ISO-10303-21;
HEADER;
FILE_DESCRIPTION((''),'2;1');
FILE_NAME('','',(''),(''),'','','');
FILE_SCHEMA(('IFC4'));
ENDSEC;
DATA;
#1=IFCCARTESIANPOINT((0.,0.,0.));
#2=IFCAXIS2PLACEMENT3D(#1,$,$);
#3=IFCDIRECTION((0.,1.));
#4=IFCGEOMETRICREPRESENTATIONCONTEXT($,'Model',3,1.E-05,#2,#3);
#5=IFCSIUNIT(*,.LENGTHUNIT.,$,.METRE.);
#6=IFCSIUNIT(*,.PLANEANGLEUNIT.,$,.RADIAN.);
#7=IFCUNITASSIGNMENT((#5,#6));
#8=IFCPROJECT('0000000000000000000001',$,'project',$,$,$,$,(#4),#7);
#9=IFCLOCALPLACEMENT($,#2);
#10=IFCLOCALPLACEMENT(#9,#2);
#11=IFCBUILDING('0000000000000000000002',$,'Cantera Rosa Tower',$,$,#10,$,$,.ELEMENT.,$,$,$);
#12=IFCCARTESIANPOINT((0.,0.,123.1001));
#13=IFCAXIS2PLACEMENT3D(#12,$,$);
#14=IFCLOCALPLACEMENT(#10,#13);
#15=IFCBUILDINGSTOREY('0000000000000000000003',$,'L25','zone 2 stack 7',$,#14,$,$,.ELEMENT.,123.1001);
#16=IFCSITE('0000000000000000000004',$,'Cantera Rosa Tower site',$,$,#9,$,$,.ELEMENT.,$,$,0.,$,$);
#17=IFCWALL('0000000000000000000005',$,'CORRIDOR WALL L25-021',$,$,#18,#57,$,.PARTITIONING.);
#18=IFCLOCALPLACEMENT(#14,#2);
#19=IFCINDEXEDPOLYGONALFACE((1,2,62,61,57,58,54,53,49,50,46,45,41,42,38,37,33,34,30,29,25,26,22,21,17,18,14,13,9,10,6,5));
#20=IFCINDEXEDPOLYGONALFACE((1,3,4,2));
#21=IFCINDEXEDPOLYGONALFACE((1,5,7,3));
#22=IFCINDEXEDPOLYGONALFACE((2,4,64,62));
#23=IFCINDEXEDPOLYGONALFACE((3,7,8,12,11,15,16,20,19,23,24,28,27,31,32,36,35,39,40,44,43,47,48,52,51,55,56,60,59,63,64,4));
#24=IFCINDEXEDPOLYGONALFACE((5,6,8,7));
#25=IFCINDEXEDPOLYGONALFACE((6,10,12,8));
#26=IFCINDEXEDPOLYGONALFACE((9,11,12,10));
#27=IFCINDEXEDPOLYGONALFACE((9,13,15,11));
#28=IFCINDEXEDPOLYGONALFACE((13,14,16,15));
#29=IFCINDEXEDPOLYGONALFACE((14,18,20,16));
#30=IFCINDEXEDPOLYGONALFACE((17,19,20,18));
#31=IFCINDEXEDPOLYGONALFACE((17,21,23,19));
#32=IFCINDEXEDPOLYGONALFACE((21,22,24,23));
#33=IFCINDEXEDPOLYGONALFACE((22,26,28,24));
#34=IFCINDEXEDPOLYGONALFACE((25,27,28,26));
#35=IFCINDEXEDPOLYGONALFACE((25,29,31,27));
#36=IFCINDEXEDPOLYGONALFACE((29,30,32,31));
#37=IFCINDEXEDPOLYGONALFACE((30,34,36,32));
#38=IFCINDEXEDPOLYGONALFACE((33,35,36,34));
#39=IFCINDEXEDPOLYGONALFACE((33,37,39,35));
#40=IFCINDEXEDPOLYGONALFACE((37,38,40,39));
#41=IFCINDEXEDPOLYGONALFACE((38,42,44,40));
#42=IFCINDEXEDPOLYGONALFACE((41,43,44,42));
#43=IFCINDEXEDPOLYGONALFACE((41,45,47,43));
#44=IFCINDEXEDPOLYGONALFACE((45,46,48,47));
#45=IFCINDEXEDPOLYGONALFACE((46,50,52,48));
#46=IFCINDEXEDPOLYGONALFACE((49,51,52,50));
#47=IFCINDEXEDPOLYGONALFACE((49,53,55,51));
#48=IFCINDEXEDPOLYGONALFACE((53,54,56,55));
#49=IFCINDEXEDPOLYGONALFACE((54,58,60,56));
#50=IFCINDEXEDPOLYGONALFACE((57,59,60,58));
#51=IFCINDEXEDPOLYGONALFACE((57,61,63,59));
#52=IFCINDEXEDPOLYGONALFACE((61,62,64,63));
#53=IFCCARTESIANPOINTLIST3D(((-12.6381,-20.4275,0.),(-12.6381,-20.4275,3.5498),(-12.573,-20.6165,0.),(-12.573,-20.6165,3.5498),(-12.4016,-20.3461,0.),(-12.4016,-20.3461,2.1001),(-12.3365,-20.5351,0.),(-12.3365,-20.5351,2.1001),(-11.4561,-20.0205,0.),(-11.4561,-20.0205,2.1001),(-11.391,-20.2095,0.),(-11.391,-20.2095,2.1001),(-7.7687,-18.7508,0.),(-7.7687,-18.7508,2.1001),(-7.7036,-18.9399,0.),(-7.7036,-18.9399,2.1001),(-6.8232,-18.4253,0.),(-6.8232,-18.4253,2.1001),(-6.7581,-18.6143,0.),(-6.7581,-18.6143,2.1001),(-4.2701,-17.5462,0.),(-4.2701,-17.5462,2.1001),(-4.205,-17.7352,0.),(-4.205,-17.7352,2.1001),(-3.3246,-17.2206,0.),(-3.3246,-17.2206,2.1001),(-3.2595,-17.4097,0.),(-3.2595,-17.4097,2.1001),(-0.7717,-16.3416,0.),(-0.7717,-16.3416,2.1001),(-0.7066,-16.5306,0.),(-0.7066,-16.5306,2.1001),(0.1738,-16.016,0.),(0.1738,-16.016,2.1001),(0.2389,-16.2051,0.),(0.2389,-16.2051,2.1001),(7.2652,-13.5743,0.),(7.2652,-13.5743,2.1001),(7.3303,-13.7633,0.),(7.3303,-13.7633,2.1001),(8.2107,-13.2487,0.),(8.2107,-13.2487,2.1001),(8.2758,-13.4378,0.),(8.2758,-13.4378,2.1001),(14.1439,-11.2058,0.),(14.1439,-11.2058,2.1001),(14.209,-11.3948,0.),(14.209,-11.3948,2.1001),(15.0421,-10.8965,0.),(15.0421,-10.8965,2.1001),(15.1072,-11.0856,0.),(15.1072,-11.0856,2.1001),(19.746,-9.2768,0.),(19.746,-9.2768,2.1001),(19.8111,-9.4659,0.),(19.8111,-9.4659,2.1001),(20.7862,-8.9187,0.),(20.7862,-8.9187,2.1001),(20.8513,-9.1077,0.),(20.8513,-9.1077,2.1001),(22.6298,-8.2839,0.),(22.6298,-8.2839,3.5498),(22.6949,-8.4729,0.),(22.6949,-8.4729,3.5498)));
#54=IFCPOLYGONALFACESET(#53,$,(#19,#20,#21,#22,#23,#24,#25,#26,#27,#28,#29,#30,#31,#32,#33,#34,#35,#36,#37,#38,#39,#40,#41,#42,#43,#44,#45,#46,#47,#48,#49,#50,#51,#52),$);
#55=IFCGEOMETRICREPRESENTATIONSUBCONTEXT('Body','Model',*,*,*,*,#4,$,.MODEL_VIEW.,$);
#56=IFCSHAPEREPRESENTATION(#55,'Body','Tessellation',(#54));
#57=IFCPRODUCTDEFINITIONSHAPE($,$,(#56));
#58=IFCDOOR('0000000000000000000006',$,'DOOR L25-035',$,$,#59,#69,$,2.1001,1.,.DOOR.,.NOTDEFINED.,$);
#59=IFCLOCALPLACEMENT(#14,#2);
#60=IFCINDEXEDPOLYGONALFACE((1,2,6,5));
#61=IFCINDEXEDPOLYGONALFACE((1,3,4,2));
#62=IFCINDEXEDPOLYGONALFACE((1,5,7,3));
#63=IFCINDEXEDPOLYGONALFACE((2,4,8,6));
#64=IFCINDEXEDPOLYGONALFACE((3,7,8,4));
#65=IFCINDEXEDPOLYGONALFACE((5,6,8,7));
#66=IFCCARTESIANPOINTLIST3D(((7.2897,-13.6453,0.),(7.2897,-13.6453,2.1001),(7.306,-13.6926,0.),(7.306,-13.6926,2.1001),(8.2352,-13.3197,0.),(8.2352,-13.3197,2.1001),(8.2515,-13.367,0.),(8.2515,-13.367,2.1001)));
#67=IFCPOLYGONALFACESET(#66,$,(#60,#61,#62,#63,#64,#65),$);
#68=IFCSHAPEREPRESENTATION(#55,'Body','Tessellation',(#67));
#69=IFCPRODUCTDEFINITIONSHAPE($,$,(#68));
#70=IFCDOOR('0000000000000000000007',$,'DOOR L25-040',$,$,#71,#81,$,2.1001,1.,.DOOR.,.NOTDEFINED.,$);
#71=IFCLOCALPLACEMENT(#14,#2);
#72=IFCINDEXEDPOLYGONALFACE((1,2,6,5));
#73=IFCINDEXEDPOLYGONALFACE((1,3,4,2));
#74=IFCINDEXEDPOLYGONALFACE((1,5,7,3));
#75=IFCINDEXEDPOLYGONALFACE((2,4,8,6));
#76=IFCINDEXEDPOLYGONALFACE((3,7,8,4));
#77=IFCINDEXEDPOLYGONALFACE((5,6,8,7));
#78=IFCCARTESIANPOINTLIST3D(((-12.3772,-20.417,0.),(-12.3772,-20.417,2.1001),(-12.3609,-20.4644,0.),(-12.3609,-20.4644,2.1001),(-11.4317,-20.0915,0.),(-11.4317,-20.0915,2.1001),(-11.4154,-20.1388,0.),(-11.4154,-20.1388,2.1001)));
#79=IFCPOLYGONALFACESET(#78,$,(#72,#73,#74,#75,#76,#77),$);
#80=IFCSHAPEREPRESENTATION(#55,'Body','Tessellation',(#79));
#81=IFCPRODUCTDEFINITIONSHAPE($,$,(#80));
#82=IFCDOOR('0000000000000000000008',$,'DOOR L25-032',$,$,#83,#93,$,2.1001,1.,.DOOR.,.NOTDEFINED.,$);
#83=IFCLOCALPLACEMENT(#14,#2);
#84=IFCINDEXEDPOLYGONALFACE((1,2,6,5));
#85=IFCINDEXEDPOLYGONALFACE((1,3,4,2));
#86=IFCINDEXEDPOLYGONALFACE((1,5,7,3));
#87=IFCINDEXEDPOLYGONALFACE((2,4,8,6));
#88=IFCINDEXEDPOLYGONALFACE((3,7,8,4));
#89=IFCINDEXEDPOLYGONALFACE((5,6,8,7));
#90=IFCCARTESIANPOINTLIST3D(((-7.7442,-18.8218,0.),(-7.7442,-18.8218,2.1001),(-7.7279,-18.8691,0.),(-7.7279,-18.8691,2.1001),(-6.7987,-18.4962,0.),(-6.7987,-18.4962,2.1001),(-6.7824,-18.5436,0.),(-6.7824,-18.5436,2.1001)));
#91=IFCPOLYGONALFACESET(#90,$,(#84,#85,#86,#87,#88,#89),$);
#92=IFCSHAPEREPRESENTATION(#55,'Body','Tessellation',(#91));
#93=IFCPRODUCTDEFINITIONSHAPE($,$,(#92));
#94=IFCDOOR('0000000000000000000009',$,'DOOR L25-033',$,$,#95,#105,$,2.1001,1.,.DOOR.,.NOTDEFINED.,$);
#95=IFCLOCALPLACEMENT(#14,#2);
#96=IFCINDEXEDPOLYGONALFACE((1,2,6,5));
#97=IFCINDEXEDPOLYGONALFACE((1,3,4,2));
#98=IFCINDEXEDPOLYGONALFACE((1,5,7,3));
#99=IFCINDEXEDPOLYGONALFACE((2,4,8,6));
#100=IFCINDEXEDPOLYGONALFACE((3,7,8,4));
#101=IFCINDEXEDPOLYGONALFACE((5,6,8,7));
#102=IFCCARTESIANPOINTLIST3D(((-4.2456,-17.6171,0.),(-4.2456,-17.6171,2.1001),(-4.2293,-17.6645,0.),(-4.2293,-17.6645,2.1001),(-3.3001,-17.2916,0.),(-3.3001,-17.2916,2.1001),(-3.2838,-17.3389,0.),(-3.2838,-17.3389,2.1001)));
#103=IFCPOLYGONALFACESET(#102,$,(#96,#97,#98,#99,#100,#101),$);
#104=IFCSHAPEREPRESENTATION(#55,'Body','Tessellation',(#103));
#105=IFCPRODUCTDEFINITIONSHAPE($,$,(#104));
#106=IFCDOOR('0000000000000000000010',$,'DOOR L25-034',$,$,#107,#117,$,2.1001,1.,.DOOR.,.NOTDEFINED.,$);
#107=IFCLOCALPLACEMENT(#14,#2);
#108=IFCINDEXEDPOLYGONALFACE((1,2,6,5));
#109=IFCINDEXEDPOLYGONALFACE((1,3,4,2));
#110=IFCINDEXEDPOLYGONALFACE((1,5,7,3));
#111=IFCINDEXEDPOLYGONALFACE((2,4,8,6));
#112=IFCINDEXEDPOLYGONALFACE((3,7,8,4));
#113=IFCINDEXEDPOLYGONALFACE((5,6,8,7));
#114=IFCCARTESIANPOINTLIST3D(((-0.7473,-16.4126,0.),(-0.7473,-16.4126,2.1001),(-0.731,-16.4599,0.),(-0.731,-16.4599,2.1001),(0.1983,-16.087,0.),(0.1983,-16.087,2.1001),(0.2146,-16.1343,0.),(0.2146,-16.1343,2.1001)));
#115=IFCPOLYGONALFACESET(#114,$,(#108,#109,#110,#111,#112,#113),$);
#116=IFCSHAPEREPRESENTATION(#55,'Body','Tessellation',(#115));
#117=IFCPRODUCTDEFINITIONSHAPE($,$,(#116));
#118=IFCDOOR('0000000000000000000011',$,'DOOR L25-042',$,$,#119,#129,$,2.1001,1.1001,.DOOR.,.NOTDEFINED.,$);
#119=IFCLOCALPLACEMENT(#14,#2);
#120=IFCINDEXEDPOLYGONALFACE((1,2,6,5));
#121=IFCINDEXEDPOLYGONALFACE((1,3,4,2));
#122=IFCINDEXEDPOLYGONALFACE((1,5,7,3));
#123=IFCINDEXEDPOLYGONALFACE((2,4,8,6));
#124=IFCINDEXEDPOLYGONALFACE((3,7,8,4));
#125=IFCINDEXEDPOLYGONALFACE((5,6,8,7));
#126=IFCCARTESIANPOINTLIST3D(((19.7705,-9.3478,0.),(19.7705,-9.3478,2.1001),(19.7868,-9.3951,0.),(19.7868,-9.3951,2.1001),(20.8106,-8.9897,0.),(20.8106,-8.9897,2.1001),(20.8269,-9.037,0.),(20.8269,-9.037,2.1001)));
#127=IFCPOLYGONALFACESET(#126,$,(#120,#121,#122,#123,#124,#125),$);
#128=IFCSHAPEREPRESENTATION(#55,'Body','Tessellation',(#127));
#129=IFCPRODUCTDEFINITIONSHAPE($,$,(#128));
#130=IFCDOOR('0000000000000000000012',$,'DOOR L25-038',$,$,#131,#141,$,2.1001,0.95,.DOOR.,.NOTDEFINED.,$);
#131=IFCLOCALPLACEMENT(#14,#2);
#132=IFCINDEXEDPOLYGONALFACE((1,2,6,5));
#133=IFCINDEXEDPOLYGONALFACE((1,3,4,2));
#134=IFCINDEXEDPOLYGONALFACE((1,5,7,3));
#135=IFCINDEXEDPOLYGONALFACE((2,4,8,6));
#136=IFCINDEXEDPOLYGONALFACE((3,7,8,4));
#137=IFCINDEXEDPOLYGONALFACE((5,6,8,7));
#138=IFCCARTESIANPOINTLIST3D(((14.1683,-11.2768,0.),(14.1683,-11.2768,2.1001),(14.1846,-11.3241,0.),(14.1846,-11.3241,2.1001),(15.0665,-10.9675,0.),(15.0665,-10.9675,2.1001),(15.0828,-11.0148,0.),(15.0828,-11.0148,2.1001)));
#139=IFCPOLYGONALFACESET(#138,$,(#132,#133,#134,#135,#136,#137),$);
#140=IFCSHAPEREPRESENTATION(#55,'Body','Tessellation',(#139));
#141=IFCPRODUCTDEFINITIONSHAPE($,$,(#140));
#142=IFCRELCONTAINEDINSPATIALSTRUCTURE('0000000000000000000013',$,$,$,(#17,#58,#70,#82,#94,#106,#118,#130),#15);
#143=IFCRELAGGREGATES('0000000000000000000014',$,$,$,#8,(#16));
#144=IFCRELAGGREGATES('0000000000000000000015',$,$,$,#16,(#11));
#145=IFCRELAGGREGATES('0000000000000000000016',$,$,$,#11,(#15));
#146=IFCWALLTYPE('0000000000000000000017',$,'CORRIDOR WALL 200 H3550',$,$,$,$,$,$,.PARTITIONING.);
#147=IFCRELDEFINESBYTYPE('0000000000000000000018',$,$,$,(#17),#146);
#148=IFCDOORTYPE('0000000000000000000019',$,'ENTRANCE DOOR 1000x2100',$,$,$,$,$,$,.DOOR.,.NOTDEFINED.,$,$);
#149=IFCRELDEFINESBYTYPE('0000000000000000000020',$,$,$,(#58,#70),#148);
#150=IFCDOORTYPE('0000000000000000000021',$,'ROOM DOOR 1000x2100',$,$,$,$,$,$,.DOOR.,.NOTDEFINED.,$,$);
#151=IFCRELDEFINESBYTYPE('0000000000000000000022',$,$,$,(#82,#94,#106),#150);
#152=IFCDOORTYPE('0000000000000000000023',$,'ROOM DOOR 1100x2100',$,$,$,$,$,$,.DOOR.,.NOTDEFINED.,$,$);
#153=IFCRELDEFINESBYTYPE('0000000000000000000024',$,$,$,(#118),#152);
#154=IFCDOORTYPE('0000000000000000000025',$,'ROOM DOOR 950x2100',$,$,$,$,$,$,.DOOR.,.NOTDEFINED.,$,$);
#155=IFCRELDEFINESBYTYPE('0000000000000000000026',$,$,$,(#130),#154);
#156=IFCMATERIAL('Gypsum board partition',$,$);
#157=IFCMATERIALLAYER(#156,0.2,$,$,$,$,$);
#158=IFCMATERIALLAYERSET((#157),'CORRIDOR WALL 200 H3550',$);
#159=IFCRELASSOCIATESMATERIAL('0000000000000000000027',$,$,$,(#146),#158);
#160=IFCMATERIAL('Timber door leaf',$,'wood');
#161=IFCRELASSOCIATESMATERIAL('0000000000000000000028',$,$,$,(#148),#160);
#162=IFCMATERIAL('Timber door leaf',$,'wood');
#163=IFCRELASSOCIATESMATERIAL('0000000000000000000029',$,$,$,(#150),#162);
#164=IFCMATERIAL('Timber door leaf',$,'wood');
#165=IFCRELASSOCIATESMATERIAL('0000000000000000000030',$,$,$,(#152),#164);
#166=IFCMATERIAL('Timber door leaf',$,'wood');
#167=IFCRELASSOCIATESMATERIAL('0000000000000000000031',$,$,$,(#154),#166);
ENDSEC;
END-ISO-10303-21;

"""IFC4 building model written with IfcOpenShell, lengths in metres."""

from ifc_helpers import new_model, si_unit, direction, frame, frame_2d, origin, place, context, subcontext, project, spatial, rectangle, extrude, material, layer, layer_set, type_object, element, fill, save


model = new_model("IFC4")

# Units and contexts
model_context = context("Model", 3, precision=1e-05, world=origin(), true_north=direction((0.0, 1.0)))
body_context = subcontext(model_context, "Body", "Model", "MODEL_VIEW")
ifc_project = project(units=[si_unit("LENGTHUNIT", "METRE"), si_unit("PLANEANGLEUNIT", "RADIAN")], contexts=[model_context])

# Site, building, storey
site_placement = place(None, origin())
site = spatial("IfcSite", under=ifc_project, at=site_placement, Name="Cantera Rosa Tower site", CompositionType="ELEMENT", RefElevation=0.0)
building_placement = place(site_placement, origin())
building = spatial("IfcBuilding", under=site, at=building_placement, Name="Cantera Rosa Tower", CompositionType="ELEMENT")
storey_placement = place(building_placement, frame((0.0, 0.0, 123.1001)))
storey = spatial("IfcBuildingStorey", under=building, at=storey_placement, Name="L25", Description="zone 2 stack 7", CompositionType="ELEMENT", Elevation=123.1001)

# Wall, openings, doors
ifc_material_1 = material(Name="Gypsum board partition")
ifc_layer_1 = layer(ifc_material_1, 0.2)
ifc_layer_set_1 = layer_set([ifc_layer_1], Name="CORRIDOR WALL 200 H3550")
wall_type_1 = type_object("IfcWallType", Name="CORRIDOR WALL 200 H3550", PredefinedType="PARTITIONING", material=ifc_layer_set_1)
wall_1_placement = place(storey_placement, frame((-12.6055, -20.522, 0.0), z_axis=(0.0, 0.0, 1.0), x_axis=(0.94552, 0.325565, 0.0)))
wall_1 = element("IfcWall", 1, at=wall_1_placement, inside=storey, type_object=wall_type_1, Name="CORRIDOR WALL L25-021", PredefinedType="PARTITIONING", context=body_context, shape_type="SweptSolid", body=[
    extrude(rectangle(XDim=37.3, YDim=0.2, at=frame_2d((18.6499, 0.0))), origin(), (0.0, 0.0, 1.0), 3.5498),
])
opening_1_placement = place(wall_1_placement, frame((5.1499, 0.0, 0.0)))
opening_1 = element("IfcOpeningElement", 2, at=opening_1_placement, cuts=wall_1, PredefinedType="OPENING", context=body_context, shape_type="SweptSolid", body=[
    extrude(rectangle(XDim=1.0, YDim=2.1001, at=frame_2d((0.5, 1.05))), frame((0.0, 0.1099, 0.0), z_axis=(0.0, -1.0, 0.0), x_axis=(1.0, 0.0, 0.0)), (0.0, 0.0, 1.0), 0.22),
])
opening_2_placement = place(wall_1_placement, frame((8.8501, 0.0, 0.0)))
opening_2 = element("IfcOpeningElement", 3, at=opening_2_placement, cuts=wall_1, PredefinedType="OPENING", context=body_context, shape_type="SweptSolid", body=[
    extrude(rectangle(XDim=1.0, YDim=2.1001, at=frame_2d((0.5, 1.05))), frame((0.0, 0.1099, 0.0), z_axis=(0.0, -1.0, 0.0), x_axis=(1.0, 0.0, 0.0)), (0.0, 0.0, 1.0), 0.22),
])
opening_3_placement = place(wall_1_placement, frame((12.55, 0.0, 0.0)))
opening_3 = element("IfcOpeningElement", 4, at=opening_3_placement, cuts=wall_1, PredefinedType="OPENING", context=body_context, shape_type="SweptSolid", body=[
    extrude(rectangle(XDim=1.0, YDim=2.1001, at=frame_2d((0.5, 1.05))), frame((0.0, 0.1099, 0.0), z_axis=(0.0, -1.0, 0.0), x_axis=(1.0, 0.0, 0.0)), (0.0, 0.0, 1.0), 0.22),
])
opening_4_placement = place(wall_1_placement, frame((21.05, 0.0, 0.0)))
opening_4 = element("IfcOpeningElement", 5, at=opening_4_placement, cuts=wall_1, PredefinedType="OPENING", context=body_context, shape_type="SweptSolid", body=[
    extrude(rectangle(XDim=1.0, YDim=2.1001, at=frame_2d((0.5, 1.05))), frame((0.0, 0.1099, 0.0), z_axis=(0.0, -1.0, 0.0), x_axis=(1.0, 0.0, 0.0)), (0.0, 0.0, 1.0), 0.22),
])
opening_5_placement = place(wall_1_placement, frame((28.325, 0.0, 0.0)))
opening_5 = element("IfcOpeningElement", 6, at=opening_5_placement, cuts=wall_1, PredefinedType="OPENING", context=body_context, shape_type="SweptSolid", body=[
    extrude(rectangle(XDim=0.95, YDim=2.1001, at=frame_2d((0.4751, 1.05))), frame((0.0, 0.1099, 0.0), z_axis=(0.0, -1.0, 0.0), x_axis=(1.0, 0.0, 0.0)), (0.0, 0.0, 1.0), 0.22),
])
opening_6_placement = place(wall_1_placement, frame((0.25, 0.0, 0.0)))
opening_6 = element("IfcOpeningElement", 7, at=opening_6_placement, cuts=wall_1, PredefinedType="OPENING", context=body_context, shape_type="SweptSolid", body=[
    extrude(rectangle(XDim=1.0, YDim=2.1001, at=frame_2d((0.5, 1.05))), frame((0.0, 0.1099, 0.0), z_axis=(0.0, -1.0, 0.0), x_axis=(1.0, 0.0, 0.0)), (0.0, 0.0, 1.0), 0.22),
])
opening_7_placement = place(wall_1_placement, frame((34.25, 0.0, 0.0)))
opening_7 = element("IfcOpeningElement", 8, at=opening_7_placement, cuts=wall_1, PredefinedType="OPENING", context=body_context, shape_type="SweptSolid", body=[
    extrude(rectangle(XDim=1.1001, YDim=2.1001, at=frame_2d((0.55, 1.05))), frame((0.0, 0.1099, 0.0), z_axis=(0.0, -1.0, 0.0), x_axis=(1.0, 0.0, 0.0)), (0.0, 0.0, 1.0), 0.22),
])
ifc_material_2 = material(Name="Timber door leaf", Category="wood")
door_type_1 = type_object("IfcDoorType", Name="ENTRANCE DOOR 1000x2100", OperationType="NOTDEFINED", PredefinedType="DOOR", material=ifc_material_2)
door_1_placement = place(opening_4_placement, origin())
door_1 = element("IfcDoor", 9, at=door_1_placement, inside=storey, type_object=door_type_1, Name="DOOR L25-035", OperationType="NOTDEFINED", OverallHeight=2.1001, OverallWidth=1.0, PredefinedType="DOOR", context=body_context, shape_type="SweptSolid", body=[
    extrude(rectangle(XDim=1.0, YDim=2.1001, at=frame_2d((0.5, 1.05))), frame((0.0, 0.0249, 0.0), z_axis=(0.0, -1.0, 0.0), x_axis=(1.0, 0.0, 0.0)), (0.0, 0.0, 1.0), 0.05),
])
fill(opening_4, door_1)
door_2_placement = place(opening_6_placement, origin())
door_2 = element("IfcDoor", 10, at=door_2_placement, inside=storey, type_object=door_type_1, Name="DOOR L25-040", OperationType="NOTDEFINED", OverallHeight=2.1001, OverallWidth=1.0, PredefinedType="DOOR", context=body_context, shape_type="SweptSolid", body=[
    extrude(rectangle(XDim=1.0, YDim=2.1001, at=frame_2d((0.5, 1.05))), frame((0.0, 0.0249, 0.0), z_axis=(0.0, -1.0, 0.0), x_axis=(1.0, 0.0, 0.0)), (0.0, 0.0, 1.0), 0.05),
])
fill(opening_6, door_2)
ifc_material_3 = material(Name="Timber door leaf", Category="wood")
door_type_2 = type_object("IfcDoorType", Name="ROOM DOOR 1000x2100", OperationType="NOTDEFINED", PredefinedType="DOOR", material=ifc_material_3)
door_3_placement = place(opening_1_placement, origin())
door_3 = element("IfcDoor", 11, at=door_3_placement, inside=storey, type_object=door_type_2, Name="DOOR L25-032", OperationType="NOTDEFINED", OverallHeight=2.1001, OverallWidth=1.0, PredefinedType="DOOR", context=body_context, shape_type="SweptSolid", body=[
    extrude(rectangle(XDim=1.0, YDim=2.1001, at=frame_2d((0.5, 1.05))), frame((0.0, 0.0249, 0.0), z_axis=(0.0, -1.0, 0.0), x_axis=(1.0, 0.0, 0.0)), (0.0, 0.0, 1.0), 0.05),
])
fill(opening_1, door_3)
door_4_placement = place(opening_2_placement, origin())
door_4 = element("IfcDoor", 12, at=door_4_placement, inside=storey, type_object=door_type_2, Name="DOOR L25-033", OperationType="NOTDEFINED", OverallHeight=2.1001, OverallWidth=1.0, PredefinedType="DOOR", context=body_context, shape_type="SweptSolid", body=[
    extrude(rectangle(XDim=1.0, YDim=2.1001, at=frame_2d((0.5, 1.05))), frame((0.0, 0.0249, 0.0), z_axis=(0.0, -1.0, 0.0), x_axis=(1.0, 0.0, 0.0)), (0.0, 0.0, 1.0), 0.05),
])
fill(opening_2, door_4)
door_5_placement = place(opening_3_placement, origin())
door_5 = element("IfcDoor", 13, at=door_5_placement, inside=storey, type_object=door_type_2, Name="DOOR L25-034", OperationType="NOTDEFINED", OverallHeight=2.1001, OverallWidth=1.0, PredefinedType="DOOR", context=body_context, shape_type="SweptSolid", body=[
    extrude(rectangle(XDim=1.0, YDim=2.1001, at=frame_2d((0.5, 1.05))), frame((0.0, 0.0249, 0.0), z_axis=(0.0, -1.0, 0.0), x_axis=(1.0, 0.0, 0.0)), (0.0, 0.0, 1.0), 0.05),
])
fill(opening_3, door_5)
ifc_material_4 = material(Name="Timber door leaf", Category="wood")
door_type_3 = type_object("IfcDoorType", Name="ROOM DOOR 1100x2100", OperationType="NOTDEFINED", PredefinedType="DOOR", material=ifc_material_4)
door_6_placement = place(opening_7_placement, origin())
door_6 = element("IfcDoor", 14, at=door_6_placement, inside=storey, type_object=door_type_3, Name="DOOR L25-042", OperationType="NOTDEFINED", OverallHeight=2.1001, OverallWidth=1.1001, PredefinedType="DOOR", context=body_context, shape_type="SweptSolid", body=[
    extrude(rectangle(XDim=1.1001, YDim=2.1001, at=frame_2d((0.55, 1.05))), frame((0.0, 0.0249, 0.0), z_axis=(0.0, -1.0, 0.0), x_axis=(1.0, 0.0, 0.0)), (0.0, 0.0, 1.0), 0.05),
])
fill(opening_7, door_6)
ifc_material_5 = material(Name="Timber door leaf", Category="wood")
door_type_4 = type_object("IfcDoorType", Name="ROOM DOOR 950x2100", OperationType="NOTDEFINED", PredefinedType="DOOR", material=ifc_material_5)
door_7_placement = place(opening_5_placement, origin())
door_7 = element("IfcDoor", 15, at=door_7_placement, inside=storey, type_object=door_type_4, Name="DOOR L25-038", OperationType="NOTDEFINED", OverallHeight=2.1001, OverallWidth=0.95, PredefinedType="DOOR", context=body_context, shape_type="SweptSolid", body=[
    extrude(rectangle(XDim=0.95, YDim=2.1001, at=frame_2d((0.4751, 1.05))), frame((0.0, 0.0249, 0.0), z_axis=(0.0, -1.0, 0.0), x_axis=(1.0, 0.0, 0.0)), (0.0, 0.0, 1.0), 0.05),
])
fill(opening_5, door_7)

save(model, "model.ifc")
